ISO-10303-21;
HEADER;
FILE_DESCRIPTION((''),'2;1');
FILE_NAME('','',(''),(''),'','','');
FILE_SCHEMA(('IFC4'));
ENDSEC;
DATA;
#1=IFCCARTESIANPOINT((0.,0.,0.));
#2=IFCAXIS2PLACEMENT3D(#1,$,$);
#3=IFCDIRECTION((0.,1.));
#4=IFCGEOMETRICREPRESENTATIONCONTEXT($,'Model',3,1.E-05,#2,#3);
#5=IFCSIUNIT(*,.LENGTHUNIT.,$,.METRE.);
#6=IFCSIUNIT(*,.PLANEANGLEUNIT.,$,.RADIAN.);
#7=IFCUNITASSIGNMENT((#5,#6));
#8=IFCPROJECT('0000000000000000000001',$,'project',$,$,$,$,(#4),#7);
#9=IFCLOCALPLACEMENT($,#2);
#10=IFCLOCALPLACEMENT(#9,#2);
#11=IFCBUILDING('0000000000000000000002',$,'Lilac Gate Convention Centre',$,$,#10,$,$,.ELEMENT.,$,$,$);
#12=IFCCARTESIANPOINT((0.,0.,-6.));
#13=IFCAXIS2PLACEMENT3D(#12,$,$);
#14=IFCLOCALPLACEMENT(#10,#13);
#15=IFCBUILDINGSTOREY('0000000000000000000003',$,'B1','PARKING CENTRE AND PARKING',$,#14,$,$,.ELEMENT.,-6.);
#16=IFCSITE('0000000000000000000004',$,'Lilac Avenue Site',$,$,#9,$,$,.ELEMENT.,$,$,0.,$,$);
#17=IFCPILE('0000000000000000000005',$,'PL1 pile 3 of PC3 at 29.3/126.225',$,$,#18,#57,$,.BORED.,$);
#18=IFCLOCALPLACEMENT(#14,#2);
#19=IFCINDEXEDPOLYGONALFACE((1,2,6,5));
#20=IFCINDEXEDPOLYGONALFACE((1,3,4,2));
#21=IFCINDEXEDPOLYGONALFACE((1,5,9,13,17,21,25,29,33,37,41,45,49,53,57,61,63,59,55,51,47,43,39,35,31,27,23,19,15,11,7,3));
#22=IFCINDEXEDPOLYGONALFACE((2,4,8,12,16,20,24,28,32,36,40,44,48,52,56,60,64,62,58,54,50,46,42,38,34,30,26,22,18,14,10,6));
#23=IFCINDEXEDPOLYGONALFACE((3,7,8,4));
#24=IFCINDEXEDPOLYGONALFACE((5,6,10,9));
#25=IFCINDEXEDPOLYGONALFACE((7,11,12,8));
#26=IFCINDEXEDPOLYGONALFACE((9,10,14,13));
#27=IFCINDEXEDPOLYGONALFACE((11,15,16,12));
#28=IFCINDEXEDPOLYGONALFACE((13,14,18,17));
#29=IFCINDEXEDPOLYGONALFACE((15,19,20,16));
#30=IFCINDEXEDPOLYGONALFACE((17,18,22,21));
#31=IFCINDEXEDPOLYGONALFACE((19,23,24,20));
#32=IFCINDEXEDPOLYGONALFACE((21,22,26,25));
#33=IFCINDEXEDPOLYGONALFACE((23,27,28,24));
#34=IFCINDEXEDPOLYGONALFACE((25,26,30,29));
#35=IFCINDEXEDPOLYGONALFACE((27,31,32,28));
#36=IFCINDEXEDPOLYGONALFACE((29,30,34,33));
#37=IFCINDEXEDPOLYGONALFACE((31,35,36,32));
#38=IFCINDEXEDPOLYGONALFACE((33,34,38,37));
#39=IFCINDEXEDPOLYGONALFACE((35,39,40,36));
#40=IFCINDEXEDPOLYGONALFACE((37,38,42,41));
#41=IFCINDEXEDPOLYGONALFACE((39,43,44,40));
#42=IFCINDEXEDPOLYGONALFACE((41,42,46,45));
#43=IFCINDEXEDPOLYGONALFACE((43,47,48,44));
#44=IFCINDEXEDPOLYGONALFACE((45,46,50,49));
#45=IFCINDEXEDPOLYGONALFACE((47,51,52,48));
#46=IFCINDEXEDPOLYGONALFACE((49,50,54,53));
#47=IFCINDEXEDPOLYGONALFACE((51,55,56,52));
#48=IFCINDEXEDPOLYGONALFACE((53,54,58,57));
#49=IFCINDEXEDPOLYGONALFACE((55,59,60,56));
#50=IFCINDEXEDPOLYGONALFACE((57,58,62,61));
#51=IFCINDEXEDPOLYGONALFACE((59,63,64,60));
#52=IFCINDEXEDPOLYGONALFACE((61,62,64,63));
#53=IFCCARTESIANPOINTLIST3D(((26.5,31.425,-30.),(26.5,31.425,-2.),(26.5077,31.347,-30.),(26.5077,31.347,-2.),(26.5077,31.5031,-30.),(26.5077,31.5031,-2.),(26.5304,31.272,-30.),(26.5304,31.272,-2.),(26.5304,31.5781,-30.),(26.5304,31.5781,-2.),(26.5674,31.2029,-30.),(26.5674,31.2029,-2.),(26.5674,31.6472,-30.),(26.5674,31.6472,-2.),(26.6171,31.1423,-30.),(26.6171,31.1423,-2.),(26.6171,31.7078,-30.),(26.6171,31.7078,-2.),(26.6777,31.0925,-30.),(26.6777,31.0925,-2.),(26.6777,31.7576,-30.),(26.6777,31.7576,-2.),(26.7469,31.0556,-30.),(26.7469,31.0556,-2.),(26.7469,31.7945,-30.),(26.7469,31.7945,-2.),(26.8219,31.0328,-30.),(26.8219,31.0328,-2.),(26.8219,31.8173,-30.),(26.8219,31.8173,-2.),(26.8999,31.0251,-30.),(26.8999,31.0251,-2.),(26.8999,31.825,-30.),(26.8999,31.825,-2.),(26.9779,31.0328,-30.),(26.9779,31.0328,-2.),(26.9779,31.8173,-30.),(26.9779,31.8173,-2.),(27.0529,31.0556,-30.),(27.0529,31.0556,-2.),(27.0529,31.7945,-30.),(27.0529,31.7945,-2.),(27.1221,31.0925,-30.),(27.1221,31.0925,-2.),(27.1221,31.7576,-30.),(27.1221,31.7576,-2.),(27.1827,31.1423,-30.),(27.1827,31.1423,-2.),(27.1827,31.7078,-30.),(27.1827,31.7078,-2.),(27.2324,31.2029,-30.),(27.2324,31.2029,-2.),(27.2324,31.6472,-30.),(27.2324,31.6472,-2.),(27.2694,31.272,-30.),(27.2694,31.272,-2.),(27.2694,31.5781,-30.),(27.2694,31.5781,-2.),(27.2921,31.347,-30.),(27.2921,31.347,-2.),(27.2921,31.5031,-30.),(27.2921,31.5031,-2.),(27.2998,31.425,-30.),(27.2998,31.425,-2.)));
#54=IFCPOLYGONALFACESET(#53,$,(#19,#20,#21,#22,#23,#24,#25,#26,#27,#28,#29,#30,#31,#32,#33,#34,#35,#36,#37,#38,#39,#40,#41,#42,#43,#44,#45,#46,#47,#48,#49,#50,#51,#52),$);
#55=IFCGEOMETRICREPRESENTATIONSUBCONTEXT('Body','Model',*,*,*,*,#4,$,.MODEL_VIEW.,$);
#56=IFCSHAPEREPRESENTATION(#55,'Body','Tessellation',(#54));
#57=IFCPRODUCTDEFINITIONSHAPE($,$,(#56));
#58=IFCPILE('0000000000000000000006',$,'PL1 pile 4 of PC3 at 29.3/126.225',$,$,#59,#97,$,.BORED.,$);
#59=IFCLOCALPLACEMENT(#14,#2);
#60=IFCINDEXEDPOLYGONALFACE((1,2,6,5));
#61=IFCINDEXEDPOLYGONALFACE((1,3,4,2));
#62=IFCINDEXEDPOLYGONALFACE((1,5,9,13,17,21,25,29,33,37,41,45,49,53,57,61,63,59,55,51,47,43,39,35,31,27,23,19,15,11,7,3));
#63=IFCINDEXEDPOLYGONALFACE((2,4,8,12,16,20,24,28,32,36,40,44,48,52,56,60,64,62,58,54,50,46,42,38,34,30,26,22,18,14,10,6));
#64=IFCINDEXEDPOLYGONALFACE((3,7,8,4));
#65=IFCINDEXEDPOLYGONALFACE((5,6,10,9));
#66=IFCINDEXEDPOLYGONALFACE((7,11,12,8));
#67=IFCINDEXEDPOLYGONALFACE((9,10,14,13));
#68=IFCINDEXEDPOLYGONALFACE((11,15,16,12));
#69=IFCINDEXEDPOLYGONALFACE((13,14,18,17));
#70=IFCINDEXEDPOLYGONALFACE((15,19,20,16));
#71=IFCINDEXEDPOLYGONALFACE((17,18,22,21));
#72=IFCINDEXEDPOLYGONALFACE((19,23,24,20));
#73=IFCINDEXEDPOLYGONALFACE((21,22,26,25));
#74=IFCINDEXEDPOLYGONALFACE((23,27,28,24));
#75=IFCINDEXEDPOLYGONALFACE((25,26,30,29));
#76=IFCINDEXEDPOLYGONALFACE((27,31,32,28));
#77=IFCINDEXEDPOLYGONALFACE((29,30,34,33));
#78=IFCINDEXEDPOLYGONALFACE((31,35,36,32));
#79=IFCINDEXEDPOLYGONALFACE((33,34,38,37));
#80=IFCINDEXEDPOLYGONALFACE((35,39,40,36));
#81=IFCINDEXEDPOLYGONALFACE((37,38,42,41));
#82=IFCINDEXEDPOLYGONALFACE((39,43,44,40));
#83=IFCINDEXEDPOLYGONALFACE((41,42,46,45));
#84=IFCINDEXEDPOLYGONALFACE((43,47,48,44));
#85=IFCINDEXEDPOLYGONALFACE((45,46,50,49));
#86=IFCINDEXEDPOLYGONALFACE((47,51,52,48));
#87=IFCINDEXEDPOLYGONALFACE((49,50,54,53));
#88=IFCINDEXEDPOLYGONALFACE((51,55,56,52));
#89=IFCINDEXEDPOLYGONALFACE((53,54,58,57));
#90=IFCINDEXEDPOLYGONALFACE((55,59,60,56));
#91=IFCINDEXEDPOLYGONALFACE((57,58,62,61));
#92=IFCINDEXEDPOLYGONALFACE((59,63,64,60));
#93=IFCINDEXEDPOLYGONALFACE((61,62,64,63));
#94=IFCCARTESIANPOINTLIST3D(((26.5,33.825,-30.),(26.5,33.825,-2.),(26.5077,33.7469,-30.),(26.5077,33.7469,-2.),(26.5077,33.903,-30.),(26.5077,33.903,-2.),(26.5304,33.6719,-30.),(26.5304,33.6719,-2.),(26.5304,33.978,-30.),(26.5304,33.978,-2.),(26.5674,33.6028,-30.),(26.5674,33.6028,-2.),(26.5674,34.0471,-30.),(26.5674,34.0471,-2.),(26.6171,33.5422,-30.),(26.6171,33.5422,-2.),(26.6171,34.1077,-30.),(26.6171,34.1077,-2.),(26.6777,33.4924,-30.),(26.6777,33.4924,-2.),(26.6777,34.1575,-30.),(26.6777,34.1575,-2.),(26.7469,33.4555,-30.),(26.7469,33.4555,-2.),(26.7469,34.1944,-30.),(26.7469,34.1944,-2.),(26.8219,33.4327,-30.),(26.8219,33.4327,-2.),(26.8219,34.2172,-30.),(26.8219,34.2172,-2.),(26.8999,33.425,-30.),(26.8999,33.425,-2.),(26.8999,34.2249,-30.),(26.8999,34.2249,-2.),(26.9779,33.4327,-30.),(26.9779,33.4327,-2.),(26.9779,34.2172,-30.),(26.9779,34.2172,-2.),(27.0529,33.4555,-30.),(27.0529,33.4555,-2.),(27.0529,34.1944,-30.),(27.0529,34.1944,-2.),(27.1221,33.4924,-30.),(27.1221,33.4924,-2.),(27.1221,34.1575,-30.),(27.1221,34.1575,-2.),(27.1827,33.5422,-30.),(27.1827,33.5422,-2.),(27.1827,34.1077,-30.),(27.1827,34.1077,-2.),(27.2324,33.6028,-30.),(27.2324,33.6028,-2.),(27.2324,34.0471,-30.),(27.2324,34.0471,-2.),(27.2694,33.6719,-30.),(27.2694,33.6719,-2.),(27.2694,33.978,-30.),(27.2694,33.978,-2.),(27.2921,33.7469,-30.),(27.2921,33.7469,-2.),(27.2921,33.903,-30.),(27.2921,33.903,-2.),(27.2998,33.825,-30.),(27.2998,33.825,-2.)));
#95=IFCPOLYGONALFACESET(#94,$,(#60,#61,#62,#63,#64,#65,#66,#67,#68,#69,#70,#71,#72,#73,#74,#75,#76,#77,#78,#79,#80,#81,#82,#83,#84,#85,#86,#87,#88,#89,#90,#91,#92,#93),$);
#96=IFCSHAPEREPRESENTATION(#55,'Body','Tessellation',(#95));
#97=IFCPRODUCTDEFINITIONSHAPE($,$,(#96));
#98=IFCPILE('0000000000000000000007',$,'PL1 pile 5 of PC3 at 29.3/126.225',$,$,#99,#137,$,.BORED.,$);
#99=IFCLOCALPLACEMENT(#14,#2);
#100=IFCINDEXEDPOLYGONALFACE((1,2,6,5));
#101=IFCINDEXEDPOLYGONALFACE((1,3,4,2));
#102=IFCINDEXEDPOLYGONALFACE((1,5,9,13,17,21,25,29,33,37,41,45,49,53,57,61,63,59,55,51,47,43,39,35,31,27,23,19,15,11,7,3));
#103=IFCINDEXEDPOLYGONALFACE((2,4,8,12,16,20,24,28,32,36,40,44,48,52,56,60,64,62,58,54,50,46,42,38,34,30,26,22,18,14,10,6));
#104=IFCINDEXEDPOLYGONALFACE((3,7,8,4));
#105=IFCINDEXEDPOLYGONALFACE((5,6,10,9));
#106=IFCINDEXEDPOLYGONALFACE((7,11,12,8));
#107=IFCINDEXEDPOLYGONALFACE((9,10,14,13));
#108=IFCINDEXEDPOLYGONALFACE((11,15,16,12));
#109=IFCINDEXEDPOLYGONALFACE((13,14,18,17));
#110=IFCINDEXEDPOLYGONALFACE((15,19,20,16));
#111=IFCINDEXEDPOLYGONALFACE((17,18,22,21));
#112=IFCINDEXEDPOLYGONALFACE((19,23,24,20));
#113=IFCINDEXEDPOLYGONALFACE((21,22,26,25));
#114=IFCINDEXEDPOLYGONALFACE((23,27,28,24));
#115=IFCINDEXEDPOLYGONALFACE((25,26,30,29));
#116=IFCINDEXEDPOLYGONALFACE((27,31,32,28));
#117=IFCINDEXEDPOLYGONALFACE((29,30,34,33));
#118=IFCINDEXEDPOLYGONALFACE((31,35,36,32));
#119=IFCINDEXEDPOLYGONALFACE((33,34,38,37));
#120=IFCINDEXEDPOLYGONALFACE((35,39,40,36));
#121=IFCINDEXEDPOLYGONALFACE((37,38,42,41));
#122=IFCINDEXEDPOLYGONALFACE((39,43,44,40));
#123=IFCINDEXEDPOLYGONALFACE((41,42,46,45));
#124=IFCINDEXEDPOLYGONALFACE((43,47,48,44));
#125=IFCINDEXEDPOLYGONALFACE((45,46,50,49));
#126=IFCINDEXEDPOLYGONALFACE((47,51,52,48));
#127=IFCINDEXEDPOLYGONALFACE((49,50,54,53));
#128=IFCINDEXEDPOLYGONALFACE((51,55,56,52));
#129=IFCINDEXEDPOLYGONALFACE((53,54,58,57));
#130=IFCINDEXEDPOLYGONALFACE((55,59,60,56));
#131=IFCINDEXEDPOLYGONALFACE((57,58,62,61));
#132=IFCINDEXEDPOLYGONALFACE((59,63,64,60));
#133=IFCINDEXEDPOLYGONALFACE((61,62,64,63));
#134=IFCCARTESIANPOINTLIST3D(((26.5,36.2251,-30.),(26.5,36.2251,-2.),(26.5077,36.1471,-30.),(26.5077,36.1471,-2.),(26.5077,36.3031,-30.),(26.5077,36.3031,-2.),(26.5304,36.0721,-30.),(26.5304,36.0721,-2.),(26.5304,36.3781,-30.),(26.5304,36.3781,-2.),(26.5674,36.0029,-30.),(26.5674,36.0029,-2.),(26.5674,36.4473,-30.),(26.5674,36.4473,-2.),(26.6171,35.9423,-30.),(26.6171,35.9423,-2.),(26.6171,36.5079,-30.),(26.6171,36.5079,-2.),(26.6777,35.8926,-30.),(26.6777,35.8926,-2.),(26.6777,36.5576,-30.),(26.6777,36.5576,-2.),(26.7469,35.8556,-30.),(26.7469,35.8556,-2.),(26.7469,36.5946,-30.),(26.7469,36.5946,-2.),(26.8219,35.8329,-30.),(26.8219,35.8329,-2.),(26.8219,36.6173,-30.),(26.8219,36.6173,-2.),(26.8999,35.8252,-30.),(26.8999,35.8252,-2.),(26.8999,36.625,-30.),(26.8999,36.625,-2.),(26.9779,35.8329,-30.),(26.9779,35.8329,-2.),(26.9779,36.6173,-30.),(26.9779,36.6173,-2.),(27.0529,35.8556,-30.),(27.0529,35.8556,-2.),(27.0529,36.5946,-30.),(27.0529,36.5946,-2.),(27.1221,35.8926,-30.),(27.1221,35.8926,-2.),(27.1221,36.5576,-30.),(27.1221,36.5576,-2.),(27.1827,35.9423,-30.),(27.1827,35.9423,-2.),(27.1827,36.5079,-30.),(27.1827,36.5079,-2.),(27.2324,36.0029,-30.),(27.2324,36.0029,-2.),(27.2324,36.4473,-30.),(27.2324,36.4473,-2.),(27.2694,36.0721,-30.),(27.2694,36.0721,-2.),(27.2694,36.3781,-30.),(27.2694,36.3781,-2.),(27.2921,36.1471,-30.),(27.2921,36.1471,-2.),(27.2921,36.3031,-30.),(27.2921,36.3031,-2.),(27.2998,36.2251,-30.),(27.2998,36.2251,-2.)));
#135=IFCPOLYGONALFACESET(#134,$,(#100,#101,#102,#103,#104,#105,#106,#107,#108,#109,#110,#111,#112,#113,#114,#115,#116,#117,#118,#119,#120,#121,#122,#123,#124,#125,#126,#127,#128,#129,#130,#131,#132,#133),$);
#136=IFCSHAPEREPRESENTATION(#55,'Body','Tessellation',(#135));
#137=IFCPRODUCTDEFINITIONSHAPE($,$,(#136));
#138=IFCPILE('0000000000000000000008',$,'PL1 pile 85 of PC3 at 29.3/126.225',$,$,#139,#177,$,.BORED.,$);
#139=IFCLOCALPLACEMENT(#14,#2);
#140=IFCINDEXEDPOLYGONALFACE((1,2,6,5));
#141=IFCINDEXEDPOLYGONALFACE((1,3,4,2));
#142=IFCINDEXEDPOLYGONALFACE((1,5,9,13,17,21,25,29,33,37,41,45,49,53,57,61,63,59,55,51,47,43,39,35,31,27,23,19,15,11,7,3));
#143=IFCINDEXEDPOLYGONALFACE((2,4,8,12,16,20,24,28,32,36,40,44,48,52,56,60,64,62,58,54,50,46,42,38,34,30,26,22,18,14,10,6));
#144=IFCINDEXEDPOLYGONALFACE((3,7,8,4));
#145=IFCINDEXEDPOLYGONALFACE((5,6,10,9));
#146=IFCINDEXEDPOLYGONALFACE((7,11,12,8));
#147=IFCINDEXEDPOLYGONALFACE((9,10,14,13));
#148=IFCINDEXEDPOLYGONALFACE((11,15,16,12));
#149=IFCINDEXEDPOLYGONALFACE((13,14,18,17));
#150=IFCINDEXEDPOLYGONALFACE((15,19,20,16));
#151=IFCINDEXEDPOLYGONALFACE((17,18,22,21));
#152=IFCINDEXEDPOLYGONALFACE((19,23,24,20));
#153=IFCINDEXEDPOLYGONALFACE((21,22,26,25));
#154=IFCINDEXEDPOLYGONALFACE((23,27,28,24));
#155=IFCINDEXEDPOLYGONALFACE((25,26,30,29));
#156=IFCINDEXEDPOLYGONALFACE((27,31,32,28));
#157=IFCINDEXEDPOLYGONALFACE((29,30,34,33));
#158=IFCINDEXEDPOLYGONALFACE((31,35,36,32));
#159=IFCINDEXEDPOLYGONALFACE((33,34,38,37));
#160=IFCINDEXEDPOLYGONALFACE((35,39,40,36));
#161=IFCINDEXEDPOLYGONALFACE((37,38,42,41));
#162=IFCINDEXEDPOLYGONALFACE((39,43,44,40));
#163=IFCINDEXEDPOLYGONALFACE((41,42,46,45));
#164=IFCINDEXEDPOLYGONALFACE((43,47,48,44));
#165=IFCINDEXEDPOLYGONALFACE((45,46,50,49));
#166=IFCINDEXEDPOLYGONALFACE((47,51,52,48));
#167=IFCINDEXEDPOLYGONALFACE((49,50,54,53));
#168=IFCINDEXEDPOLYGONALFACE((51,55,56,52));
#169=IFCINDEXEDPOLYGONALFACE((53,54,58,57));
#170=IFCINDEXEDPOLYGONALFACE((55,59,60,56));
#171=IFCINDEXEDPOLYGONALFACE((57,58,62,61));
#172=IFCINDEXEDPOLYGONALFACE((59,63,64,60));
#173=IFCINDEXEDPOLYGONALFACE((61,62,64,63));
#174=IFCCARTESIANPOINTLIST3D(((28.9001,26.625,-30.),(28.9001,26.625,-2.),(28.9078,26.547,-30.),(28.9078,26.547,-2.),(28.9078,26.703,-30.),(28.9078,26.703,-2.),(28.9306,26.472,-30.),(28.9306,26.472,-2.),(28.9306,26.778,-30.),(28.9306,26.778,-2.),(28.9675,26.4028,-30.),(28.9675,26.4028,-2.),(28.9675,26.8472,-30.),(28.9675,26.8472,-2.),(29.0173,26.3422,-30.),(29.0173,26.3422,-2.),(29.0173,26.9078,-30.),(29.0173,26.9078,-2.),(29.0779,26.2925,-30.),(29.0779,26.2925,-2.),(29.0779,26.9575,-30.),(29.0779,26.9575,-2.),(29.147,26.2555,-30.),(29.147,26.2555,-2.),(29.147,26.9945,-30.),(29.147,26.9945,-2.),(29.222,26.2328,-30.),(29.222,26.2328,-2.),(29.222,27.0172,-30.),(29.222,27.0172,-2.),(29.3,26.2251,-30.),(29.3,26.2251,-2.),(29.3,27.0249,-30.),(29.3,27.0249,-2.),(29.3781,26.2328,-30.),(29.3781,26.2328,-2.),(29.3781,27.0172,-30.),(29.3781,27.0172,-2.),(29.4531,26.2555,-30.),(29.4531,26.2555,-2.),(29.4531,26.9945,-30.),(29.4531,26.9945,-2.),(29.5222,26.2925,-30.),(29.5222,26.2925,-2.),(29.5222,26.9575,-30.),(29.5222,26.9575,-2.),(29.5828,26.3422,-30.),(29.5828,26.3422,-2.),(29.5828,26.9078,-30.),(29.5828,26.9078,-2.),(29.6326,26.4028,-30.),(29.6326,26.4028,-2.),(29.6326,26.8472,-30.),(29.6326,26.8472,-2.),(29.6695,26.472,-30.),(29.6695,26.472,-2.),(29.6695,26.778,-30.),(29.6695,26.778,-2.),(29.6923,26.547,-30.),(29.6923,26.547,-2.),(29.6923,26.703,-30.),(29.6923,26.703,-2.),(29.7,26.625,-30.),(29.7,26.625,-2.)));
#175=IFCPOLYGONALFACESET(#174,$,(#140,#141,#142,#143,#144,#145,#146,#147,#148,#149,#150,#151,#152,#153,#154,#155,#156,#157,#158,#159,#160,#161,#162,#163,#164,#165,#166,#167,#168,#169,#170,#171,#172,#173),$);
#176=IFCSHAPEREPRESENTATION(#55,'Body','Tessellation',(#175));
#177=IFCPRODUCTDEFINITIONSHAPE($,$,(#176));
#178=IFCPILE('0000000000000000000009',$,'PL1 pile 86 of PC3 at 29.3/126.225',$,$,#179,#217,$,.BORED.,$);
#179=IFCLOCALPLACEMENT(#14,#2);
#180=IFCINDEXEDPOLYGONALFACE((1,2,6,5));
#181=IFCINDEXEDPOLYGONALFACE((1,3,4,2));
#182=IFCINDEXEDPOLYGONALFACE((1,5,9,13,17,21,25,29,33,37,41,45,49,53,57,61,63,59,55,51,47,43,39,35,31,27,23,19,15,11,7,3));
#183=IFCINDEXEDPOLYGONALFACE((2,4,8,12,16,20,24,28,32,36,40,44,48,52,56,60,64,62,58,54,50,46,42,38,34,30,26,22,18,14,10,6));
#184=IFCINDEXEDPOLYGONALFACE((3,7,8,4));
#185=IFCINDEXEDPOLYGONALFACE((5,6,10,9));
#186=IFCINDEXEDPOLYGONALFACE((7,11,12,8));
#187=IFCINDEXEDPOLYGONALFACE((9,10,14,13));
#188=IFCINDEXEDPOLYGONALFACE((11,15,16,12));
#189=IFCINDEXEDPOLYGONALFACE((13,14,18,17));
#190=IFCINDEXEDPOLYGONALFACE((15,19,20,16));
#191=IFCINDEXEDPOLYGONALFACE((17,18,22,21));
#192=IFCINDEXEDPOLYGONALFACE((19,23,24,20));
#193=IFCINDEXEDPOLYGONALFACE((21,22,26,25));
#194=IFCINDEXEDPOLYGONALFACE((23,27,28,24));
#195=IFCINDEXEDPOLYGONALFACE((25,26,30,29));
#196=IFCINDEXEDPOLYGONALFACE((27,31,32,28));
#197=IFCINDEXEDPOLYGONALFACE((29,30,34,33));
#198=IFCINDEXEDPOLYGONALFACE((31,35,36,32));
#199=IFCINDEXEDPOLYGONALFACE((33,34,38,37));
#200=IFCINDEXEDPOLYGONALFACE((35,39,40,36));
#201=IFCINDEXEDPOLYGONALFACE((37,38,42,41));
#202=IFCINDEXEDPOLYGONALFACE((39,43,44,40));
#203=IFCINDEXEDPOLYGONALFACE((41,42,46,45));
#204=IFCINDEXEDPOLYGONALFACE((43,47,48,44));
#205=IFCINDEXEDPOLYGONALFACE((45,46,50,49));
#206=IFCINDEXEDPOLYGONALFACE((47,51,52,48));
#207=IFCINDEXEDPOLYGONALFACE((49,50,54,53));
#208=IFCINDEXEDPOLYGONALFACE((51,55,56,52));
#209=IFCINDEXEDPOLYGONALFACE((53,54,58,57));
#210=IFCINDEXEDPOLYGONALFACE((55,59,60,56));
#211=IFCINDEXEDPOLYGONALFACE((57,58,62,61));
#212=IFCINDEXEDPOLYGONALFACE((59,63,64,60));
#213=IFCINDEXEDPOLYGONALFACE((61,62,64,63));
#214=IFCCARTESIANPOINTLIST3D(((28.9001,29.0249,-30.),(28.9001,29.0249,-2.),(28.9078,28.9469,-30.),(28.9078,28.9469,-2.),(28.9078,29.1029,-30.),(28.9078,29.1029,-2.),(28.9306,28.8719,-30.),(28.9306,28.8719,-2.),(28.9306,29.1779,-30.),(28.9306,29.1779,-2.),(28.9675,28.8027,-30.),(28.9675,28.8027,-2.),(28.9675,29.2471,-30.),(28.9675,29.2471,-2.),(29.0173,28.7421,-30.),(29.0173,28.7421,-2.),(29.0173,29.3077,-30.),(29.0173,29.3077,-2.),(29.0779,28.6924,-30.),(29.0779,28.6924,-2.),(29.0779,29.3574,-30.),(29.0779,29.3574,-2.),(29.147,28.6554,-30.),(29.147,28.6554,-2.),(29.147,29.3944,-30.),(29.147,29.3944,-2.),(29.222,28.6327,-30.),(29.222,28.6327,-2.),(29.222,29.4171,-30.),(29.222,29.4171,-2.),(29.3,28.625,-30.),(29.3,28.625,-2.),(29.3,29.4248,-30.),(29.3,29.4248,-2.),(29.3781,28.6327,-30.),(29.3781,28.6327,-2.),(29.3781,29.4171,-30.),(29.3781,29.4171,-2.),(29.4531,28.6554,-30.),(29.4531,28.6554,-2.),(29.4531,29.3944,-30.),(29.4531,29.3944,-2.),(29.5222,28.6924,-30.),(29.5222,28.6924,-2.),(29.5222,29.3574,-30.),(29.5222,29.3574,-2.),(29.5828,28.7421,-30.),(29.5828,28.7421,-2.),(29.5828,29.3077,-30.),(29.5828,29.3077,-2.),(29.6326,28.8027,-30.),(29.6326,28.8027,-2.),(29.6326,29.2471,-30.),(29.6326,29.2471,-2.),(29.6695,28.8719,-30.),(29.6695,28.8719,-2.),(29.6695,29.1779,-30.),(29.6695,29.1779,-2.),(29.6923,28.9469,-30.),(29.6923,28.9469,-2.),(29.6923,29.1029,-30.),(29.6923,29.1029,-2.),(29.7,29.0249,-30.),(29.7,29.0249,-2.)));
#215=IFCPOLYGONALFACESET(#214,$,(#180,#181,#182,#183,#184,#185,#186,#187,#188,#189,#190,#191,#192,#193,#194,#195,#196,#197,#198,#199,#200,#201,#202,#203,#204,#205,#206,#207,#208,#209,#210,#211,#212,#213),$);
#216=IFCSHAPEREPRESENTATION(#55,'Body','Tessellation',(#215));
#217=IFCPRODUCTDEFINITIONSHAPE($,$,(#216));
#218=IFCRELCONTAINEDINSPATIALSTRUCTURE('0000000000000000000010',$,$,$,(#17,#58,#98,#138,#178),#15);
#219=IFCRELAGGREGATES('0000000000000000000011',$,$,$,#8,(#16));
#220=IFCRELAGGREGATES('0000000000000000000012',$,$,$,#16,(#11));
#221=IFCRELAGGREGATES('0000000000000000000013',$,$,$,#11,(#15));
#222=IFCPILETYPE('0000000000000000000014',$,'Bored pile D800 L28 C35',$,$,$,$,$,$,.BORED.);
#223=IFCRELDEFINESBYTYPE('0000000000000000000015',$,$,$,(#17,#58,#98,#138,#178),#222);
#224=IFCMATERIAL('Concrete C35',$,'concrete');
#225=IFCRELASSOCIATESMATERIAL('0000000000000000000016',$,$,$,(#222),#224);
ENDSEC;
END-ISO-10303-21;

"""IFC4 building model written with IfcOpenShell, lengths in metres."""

from ifc_helpers import new_model, si_unit, direction, frame, origin, origin_2d, place, context, subcontext, project, spatial, circle, extrude, material, material_profile, profile_set, type_object, element, save


model = new_model("IFC4")

# Units and contexts
model_context = context("Model", 3, precision=1e-05, world=origin(), true_north=direction((0.0, 1.0)))
body_context = subcontext(model_context, "Body", "Model", "MODEL_VIEW")
ifc_project = project(units=[si_unit("LENGTHUNIT", "METRE"), si_unit("PLANEANGLEUNIT", "RADIAN")], contexts=[model_context])

# Site, building, storey
site_placement = place(None, origin())
site = spatial("IfcSite", under=ifc_project, at=site_placement, Name="Lilac Avenue Site", CompositionType="ELEMENT", RefElevation=0.0)
building_placement = place(site_placement, origin())
building = spatial("IfcBuilding", under=site, at=building_placement, Name="Lilac Gate Convention Centre", CompositionType="ELEMENT")
storey_placement = place(building_placement, frame((0.0, 0.0, -6.0)))
storey = spatial("IfcBuildingStorey", under=building, at=storey_placement, Name="B1", Description="PARKING CENTRE AND PARKING", CompositionType="ELEMENT", Elevation=-6.0)

# Piles
ifc_material_1 = material(Name="Concrete C35", Category="concrete")
ifc_material_profile_1 = material_profile(ifc_material_1, circle(Radius=0.3999, at=origin_2d()), Name="D800")
ifc_profile_set_1 = profile_set([ifc_material_profile_1], Name="Concrete C35")
pile_type = type_object("IfcPileType", Name="Bored pile D800 L28 C35", PredefinedType="BORED", material=ifc_profile_set_1)
for number, where, z_axis, x_axis, name in (
    (1, (26.8999, 31.425, -2.0), (0.0, 0.0, -1.0), (1.0, 0.0, 0.0), "PL1 pile 3 of PC3 at 29.3/126.225"),
    (2, (26.8999, 33.825, -2.0), (0.0, 0.0, -1.0), (1.0, 0.0, 0.0), "PL1 pile 4 of PC3 at 29.3/126.225"),
    (3, (26.8999, 36.2251, -2.0), (0.0, 0.0, -1.0), (1.0, 0.0, 0.0), "PL1 pile 5 of PC3 at 29.3/126.225"),
    (4, (29.3, 26.625, -2.0), (0.0, 0.0, -1.0), (1.0, 0.0, 0.0), "PL1 pile 85 of PC3 at 29.3/126.225"),
    (5, (29.3, 29.0249, -2.0), (0.0, 0.0, -1.0), (1.0, 0.0, 0.0), "PL1 pile 86 of PC3 at 29.3/126.225"),
):
    element("IfcPile", number, at=place(storey_placement, frame(where, z_axis=z_axis, x_axis=x_axis)), inside=storey, type_object=pile_type, Name=name, PredefinedType="BORED", context=body_context, shape_type="SweptSolid", body=[
        extrude(circle(Radius=0.3999, at=origin_2d()), origin(), (0.0, 0.0, 1.0), 28.0),
    ])

save(model, "model.ifc")
